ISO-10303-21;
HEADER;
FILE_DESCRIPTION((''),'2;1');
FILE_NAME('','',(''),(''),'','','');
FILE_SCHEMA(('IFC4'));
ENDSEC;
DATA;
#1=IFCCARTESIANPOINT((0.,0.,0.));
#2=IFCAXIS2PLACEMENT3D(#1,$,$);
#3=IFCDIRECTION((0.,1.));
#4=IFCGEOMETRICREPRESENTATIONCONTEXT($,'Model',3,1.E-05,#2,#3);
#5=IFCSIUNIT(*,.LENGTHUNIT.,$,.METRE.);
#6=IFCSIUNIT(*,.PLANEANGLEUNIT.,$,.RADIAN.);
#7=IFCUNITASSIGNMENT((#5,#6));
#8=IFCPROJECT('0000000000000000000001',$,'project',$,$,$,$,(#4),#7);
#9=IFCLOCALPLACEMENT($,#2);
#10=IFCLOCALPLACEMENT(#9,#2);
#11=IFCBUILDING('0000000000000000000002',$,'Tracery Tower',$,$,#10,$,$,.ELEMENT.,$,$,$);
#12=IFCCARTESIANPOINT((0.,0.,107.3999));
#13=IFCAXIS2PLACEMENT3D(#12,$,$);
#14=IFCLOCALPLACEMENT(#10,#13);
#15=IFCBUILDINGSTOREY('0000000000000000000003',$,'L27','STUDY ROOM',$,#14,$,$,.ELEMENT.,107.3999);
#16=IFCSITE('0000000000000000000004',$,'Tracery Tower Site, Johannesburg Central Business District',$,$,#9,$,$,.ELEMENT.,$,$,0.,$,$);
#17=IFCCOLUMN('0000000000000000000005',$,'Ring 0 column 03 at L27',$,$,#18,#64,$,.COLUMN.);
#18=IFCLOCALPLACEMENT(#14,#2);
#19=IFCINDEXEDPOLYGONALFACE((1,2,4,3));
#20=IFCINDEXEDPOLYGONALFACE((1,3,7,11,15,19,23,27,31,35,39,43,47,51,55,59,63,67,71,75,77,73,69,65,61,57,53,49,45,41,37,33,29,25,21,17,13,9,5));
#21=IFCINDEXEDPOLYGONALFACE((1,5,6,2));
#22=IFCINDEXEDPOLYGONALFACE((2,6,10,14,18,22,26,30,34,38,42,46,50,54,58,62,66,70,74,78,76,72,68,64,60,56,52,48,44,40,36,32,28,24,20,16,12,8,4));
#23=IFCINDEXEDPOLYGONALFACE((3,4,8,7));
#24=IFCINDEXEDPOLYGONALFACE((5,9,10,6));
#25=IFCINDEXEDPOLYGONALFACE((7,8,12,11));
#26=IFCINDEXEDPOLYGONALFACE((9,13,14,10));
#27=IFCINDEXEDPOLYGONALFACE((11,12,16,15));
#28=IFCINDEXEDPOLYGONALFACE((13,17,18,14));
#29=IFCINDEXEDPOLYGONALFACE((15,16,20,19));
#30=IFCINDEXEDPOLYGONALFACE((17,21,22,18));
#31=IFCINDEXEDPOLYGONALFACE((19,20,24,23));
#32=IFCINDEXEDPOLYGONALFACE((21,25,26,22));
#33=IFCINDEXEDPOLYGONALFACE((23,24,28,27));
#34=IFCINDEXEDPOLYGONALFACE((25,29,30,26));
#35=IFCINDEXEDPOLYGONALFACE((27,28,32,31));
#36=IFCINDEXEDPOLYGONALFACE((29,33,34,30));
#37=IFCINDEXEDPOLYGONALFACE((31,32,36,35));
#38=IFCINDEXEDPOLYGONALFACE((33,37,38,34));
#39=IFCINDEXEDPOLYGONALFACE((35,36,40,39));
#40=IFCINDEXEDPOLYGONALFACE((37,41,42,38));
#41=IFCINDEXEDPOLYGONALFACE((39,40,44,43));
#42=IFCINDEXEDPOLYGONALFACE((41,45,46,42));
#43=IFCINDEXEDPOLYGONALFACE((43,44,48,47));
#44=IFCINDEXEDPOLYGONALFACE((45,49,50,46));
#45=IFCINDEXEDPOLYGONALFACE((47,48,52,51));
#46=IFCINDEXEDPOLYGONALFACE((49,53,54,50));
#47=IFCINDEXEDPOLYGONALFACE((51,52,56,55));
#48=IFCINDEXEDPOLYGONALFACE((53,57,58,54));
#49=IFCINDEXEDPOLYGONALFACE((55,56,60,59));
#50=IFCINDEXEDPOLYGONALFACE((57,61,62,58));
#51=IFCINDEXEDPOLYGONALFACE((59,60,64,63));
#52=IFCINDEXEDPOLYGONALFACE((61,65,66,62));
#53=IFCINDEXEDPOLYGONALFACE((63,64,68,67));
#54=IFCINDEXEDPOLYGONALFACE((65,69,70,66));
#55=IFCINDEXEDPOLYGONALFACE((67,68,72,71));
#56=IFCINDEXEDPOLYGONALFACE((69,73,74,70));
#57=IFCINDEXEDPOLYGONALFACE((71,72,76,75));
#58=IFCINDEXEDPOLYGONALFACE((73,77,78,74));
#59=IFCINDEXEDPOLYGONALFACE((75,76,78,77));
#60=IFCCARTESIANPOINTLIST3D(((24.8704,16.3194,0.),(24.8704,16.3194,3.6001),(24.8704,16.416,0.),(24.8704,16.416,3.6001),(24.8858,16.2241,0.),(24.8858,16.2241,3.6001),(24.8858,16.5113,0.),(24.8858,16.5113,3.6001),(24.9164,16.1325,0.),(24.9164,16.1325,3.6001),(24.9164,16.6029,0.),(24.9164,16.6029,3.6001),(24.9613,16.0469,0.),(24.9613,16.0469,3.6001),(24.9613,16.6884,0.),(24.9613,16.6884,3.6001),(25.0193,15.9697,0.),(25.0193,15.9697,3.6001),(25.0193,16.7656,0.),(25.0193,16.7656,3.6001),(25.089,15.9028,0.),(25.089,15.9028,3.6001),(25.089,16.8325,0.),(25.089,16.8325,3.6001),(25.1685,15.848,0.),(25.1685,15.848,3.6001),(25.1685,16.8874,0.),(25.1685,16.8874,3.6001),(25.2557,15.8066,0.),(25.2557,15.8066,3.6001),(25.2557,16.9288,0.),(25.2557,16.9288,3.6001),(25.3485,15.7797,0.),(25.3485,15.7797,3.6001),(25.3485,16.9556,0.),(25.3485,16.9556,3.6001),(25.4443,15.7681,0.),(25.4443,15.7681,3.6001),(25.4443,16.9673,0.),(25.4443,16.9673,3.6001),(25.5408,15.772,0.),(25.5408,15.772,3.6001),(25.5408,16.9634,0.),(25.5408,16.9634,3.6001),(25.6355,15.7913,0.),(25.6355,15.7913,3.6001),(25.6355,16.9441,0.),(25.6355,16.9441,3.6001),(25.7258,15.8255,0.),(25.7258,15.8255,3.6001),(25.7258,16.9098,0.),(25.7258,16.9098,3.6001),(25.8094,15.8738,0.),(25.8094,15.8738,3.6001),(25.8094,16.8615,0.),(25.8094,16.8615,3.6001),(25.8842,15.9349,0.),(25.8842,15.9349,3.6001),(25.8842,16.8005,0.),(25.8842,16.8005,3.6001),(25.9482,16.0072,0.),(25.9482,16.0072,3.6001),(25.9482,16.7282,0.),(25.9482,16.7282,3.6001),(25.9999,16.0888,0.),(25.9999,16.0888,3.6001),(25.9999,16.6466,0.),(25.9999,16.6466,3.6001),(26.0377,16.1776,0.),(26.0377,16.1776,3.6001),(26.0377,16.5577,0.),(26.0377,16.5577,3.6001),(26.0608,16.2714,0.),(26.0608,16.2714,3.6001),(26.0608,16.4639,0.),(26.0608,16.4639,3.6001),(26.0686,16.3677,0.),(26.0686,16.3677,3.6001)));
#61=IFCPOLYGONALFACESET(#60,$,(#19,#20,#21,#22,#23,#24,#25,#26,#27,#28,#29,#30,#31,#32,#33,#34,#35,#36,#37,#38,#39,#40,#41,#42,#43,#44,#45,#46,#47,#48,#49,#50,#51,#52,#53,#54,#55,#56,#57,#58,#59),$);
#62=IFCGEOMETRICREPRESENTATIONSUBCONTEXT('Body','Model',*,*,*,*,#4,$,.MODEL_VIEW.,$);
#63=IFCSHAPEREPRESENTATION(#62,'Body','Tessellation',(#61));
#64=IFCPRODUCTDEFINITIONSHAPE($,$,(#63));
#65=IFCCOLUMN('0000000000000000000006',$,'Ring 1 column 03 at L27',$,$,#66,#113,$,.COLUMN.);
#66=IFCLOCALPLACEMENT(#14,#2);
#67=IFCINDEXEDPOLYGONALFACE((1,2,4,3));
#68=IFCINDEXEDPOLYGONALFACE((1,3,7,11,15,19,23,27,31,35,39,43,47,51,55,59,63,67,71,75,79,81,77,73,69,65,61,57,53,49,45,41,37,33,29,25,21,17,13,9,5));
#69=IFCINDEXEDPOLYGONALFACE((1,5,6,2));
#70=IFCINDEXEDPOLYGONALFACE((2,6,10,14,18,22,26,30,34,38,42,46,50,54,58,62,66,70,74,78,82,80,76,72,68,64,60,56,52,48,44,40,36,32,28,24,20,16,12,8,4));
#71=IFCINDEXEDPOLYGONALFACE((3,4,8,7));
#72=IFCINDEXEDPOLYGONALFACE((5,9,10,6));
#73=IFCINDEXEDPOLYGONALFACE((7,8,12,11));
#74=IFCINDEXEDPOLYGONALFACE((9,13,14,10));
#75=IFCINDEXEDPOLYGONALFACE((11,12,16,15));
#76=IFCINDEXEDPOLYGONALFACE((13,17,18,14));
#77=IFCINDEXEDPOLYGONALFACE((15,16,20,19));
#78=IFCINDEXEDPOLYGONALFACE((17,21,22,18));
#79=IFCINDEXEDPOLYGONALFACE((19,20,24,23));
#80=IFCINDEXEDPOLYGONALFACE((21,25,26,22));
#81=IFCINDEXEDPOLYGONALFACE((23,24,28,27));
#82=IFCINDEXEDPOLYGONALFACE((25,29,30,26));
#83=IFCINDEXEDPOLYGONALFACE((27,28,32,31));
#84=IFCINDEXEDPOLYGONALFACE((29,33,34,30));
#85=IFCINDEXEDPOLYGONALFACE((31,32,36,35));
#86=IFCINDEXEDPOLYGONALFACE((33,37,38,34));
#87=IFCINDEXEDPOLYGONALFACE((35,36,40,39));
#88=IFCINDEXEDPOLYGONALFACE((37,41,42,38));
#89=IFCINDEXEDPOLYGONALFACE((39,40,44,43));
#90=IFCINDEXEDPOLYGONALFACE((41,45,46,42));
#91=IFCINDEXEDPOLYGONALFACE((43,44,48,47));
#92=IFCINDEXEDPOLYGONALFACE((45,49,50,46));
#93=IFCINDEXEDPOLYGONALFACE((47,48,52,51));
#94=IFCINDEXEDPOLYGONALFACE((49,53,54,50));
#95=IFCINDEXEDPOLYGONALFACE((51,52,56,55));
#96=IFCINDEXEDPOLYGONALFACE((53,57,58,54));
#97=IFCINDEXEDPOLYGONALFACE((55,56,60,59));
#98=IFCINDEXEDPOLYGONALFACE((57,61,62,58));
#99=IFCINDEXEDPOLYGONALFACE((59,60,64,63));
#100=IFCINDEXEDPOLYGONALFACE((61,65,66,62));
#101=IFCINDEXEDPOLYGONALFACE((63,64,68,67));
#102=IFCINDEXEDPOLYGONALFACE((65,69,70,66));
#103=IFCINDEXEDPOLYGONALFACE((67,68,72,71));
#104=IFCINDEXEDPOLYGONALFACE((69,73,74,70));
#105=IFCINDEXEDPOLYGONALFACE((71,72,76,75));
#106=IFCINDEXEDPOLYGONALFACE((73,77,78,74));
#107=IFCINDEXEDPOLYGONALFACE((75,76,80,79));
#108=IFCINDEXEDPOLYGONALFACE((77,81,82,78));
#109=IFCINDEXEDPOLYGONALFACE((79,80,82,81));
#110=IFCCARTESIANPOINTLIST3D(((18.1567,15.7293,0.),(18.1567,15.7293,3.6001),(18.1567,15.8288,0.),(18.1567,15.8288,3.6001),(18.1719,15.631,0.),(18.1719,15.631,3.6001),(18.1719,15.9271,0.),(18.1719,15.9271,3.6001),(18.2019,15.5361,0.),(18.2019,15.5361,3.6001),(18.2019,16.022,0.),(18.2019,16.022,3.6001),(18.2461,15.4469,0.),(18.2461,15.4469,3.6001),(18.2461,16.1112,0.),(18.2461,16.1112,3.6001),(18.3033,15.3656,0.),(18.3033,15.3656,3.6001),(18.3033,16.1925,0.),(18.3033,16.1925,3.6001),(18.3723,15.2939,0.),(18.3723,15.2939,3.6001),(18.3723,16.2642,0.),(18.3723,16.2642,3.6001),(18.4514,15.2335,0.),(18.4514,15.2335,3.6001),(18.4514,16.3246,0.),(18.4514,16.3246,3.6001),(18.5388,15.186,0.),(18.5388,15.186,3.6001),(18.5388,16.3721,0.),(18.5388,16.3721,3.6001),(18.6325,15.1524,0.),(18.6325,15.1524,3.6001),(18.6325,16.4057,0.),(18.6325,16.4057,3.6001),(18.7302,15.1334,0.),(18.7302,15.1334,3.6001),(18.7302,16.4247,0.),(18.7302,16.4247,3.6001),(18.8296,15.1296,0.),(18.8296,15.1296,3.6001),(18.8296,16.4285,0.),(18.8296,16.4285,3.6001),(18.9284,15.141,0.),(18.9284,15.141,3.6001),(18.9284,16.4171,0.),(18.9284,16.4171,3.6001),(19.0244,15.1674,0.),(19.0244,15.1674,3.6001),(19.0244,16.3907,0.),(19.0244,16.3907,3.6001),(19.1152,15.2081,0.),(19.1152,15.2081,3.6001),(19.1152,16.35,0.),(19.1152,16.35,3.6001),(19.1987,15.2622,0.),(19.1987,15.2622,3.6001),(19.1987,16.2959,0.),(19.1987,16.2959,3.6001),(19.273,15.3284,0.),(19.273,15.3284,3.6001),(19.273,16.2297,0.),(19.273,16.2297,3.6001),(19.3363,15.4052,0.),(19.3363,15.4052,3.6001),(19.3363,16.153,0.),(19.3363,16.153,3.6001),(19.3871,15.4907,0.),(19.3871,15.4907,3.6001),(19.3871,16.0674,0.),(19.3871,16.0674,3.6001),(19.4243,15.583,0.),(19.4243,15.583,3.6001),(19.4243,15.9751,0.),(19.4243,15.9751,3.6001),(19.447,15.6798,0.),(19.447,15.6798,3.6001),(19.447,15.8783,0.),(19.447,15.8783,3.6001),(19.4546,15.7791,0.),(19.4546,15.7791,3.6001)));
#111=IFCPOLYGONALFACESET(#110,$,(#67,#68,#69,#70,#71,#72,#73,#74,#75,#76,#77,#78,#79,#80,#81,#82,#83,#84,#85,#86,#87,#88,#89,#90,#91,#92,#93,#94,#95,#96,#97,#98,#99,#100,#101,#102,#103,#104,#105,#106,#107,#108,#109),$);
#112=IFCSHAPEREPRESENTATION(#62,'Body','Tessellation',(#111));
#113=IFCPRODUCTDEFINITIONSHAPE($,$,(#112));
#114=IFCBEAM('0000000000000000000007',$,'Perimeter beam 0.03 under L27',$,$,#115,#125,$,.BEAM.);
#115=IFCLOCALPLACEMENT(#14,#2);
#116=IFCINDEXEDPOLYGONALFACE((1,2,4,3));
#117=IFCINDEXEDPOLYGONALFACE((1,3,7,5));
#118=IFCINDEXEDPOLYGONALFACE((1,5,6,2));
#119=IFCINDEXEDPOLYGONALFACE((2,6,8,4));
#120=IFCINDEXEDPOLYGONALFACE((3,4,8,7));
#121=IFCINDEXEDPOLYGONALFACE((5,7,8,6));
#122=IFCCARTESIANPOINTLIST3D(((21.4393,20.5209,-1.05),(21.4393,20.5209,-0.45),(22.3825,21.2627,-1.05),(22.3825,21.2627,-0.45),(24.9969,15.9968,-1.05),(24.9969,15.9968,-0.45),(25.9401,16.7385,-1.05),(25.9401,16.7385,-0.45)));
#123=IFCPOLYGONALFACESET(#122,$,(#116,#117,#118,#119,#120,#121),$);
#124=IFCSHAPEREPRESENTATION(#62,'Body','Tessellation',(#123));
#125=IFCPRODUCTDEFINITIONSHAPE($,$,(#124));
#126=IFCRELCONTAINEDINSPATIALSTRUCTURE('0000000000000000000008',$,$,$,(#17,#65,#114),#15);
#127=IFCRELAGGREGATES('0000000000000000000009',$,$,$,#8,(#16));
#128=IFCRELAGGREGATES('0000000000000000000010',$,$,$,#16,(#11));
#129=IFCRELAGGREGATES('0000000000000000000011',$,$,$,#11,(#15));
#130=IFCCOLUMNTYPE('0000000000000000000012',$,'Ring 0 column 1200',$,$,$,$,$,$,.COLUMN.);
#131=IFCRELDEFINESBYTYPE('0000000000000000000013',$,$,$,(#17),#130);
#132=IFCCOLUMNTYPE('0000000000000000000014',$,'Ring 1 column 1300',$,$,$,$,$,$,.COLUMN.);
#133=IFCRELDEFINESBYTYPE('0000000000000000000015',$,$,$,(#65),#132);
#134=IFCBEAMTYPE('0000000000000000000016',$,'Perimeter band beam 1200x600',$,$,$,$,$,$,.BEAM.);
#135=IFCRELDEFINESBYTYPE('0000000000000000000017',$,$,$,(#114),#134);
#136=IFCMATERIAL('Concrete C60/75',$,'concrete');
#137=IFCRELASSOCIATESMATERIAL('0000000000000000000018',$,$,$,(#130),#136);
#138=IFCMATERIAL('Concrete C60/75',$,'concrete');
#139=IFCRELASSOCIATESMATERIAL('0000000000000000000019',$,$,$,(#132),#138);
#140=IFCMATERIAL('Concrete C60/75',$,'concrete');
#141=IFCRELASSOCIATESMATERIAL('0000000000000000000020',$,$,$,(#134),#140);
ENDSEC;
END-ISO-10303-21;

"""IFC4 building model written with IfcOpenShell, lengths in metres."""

from ifc_helpers import new_model, si_unit, direction, frame, origin, origin_2d, place, context, subcontext, project, spatial, rectangle, circle, extrude, material, material_profile, profile_set, type_object, element, save


model = new_model("IFC4")

# Units and contexts
model_context = context("Model", 3, precision=1e-05, world=origin(), true_north=direction((0.0, 1.0)))
body_context = subcontext(model_context, "Body", "Model", "MODEL_VIEW")
ifc_project = project(units=[si_unit("LENGTHUNIT", "METRE"), si_unit("PLANEANGLEUNIT", "RADIAN")], contexts=[model_context])

# Site, building, storey
site_placement = place(None, origin())
site = spatial("IfcSite", under=ifc_project, at=site_placement, Name="Tracery Tower Site, Johannesburg Central Business District", CompositionType="ELEMENT", RefElevation=0.0)
building_placement = place(site_placement, origin())
building = spatial("IfcBuilding", under=site, at=building_placement, Name="Tracery Tower", CompositionType="ELEMENT")
storey_placement = place(building_placement, frame((0.0, 0.0, 107.3999)))
storey = spatial("IfcBuildingStorey", under=building, at=storey_placement, Name="L27", Description="STUDY ROOM", CompositionType="ELEMENT", Elevation=107.3999)

# Columns
ifc_material_1 = material(Name="Concrete C60/75", Category="concrete")
ifc_material_profile_1 = material_profile(ifc_material_1, circle(Radius=0.6001, at=origin_2d()), Name="RC D1200")
ifc_profile_set_1 = profile_set([ifc_material_profile_1], Name="Concrete C60/75")
column_type_1 = type_object("IfcColumnType", Name="Ring 0 column 1200", PredefinedType="COLUMN", material=ifc_profile_set_1)
column_1_placement = place(storey_placement, frame((25.4685, 16.3677, 0.0), z_axis=(0.0, 0.0, 1.0), x_axis=(1.0, 0.0, 0.0)))
element("IfcColumn", 1, at=column_1_placement, inside=storey, type_object=column_type_1, Name="Ring 0 column 03 at L27", PredefinedType="COLUMN", context=body_context, shape_type="SweptSolid", body=[
    extrude(circle(Radius=0.6001, at=origin_2d()), origin(), (0.0, 0.0, 1.0), 3.6001),
])
ifc_material_2 = material(Name="Concrete C60/75", Category="concrete")
ifc_material_profile_2 = material_profile(ifc_material_2, circle(Radius=0.6499, at=origin_2d()), Name="RC D1300")
ifc_profile_set_2 = profile_set([ifc_material_profile_2], Name="Concrete C60/75")
column_type_2 = type_object("IfcColumnType", Name="Ring 1 column 1300", PredefinedType="COLUMN", material=ifc_profile_set_2)
column_2_placement = place(storey_placement, frame((18.8047, 15.7791, 0.0), z_axis=(0.0, 0.0, 1.0), x_axis=(1.0, 0.0, 0.0)))
element("IfcColumn", 2, at=column_2_placement, inside=storey, type_object=column_type_2, Name="Ring 1 column 03 at L27", PredefinedType="COLUMN", context=body_context, shape_type="SweptSolid", body=[
    extrude(circle(Radius=0.6499, at=origin_2d()), origin(), (0.0, 0.0, 1.0), 3.6001),
])

# Beam
ifc_material_3 = material(Name="Concrete C60/75", Category="concrete")
ifc_material_profile_3 = material_profile(ifc_material_3, rectangle(XDim=1.2, YDim=0.6001, at=origin_2d()), Name="RC 1200x600")
ifc_profile_set_3 = profile_set([ifc_material_profile_3], Name="Concrete C60/75")
beam_type = type_object("IfcBeamType", Name="Perimeter band beam 1200x600", PredefinedType="BEAM", material=ifc_profile_set_3)
beam_placement = place(storey_placement, frame((25.4685, 16.3677, -0.75), z_axis=(-0.618134, 0.786072, 0.0), x_axis=(-0.786072, -0.618134, 0.0)))
element("IfcBeam", 3, at=beam_placement, inside=storey, type_object=beam_type, Name="Perimeter beam 0.03 under L27", PredefinedType="BEAM", context=body_context, shape_type="SweptSolid", body=[
    extrude(rectangle(XDim=1.2, YDim=0.6001, at=origin_2d()), origin(), (0.0, 0.0, 1.0), 5.7554),
])

save(model, "model.ifc")
